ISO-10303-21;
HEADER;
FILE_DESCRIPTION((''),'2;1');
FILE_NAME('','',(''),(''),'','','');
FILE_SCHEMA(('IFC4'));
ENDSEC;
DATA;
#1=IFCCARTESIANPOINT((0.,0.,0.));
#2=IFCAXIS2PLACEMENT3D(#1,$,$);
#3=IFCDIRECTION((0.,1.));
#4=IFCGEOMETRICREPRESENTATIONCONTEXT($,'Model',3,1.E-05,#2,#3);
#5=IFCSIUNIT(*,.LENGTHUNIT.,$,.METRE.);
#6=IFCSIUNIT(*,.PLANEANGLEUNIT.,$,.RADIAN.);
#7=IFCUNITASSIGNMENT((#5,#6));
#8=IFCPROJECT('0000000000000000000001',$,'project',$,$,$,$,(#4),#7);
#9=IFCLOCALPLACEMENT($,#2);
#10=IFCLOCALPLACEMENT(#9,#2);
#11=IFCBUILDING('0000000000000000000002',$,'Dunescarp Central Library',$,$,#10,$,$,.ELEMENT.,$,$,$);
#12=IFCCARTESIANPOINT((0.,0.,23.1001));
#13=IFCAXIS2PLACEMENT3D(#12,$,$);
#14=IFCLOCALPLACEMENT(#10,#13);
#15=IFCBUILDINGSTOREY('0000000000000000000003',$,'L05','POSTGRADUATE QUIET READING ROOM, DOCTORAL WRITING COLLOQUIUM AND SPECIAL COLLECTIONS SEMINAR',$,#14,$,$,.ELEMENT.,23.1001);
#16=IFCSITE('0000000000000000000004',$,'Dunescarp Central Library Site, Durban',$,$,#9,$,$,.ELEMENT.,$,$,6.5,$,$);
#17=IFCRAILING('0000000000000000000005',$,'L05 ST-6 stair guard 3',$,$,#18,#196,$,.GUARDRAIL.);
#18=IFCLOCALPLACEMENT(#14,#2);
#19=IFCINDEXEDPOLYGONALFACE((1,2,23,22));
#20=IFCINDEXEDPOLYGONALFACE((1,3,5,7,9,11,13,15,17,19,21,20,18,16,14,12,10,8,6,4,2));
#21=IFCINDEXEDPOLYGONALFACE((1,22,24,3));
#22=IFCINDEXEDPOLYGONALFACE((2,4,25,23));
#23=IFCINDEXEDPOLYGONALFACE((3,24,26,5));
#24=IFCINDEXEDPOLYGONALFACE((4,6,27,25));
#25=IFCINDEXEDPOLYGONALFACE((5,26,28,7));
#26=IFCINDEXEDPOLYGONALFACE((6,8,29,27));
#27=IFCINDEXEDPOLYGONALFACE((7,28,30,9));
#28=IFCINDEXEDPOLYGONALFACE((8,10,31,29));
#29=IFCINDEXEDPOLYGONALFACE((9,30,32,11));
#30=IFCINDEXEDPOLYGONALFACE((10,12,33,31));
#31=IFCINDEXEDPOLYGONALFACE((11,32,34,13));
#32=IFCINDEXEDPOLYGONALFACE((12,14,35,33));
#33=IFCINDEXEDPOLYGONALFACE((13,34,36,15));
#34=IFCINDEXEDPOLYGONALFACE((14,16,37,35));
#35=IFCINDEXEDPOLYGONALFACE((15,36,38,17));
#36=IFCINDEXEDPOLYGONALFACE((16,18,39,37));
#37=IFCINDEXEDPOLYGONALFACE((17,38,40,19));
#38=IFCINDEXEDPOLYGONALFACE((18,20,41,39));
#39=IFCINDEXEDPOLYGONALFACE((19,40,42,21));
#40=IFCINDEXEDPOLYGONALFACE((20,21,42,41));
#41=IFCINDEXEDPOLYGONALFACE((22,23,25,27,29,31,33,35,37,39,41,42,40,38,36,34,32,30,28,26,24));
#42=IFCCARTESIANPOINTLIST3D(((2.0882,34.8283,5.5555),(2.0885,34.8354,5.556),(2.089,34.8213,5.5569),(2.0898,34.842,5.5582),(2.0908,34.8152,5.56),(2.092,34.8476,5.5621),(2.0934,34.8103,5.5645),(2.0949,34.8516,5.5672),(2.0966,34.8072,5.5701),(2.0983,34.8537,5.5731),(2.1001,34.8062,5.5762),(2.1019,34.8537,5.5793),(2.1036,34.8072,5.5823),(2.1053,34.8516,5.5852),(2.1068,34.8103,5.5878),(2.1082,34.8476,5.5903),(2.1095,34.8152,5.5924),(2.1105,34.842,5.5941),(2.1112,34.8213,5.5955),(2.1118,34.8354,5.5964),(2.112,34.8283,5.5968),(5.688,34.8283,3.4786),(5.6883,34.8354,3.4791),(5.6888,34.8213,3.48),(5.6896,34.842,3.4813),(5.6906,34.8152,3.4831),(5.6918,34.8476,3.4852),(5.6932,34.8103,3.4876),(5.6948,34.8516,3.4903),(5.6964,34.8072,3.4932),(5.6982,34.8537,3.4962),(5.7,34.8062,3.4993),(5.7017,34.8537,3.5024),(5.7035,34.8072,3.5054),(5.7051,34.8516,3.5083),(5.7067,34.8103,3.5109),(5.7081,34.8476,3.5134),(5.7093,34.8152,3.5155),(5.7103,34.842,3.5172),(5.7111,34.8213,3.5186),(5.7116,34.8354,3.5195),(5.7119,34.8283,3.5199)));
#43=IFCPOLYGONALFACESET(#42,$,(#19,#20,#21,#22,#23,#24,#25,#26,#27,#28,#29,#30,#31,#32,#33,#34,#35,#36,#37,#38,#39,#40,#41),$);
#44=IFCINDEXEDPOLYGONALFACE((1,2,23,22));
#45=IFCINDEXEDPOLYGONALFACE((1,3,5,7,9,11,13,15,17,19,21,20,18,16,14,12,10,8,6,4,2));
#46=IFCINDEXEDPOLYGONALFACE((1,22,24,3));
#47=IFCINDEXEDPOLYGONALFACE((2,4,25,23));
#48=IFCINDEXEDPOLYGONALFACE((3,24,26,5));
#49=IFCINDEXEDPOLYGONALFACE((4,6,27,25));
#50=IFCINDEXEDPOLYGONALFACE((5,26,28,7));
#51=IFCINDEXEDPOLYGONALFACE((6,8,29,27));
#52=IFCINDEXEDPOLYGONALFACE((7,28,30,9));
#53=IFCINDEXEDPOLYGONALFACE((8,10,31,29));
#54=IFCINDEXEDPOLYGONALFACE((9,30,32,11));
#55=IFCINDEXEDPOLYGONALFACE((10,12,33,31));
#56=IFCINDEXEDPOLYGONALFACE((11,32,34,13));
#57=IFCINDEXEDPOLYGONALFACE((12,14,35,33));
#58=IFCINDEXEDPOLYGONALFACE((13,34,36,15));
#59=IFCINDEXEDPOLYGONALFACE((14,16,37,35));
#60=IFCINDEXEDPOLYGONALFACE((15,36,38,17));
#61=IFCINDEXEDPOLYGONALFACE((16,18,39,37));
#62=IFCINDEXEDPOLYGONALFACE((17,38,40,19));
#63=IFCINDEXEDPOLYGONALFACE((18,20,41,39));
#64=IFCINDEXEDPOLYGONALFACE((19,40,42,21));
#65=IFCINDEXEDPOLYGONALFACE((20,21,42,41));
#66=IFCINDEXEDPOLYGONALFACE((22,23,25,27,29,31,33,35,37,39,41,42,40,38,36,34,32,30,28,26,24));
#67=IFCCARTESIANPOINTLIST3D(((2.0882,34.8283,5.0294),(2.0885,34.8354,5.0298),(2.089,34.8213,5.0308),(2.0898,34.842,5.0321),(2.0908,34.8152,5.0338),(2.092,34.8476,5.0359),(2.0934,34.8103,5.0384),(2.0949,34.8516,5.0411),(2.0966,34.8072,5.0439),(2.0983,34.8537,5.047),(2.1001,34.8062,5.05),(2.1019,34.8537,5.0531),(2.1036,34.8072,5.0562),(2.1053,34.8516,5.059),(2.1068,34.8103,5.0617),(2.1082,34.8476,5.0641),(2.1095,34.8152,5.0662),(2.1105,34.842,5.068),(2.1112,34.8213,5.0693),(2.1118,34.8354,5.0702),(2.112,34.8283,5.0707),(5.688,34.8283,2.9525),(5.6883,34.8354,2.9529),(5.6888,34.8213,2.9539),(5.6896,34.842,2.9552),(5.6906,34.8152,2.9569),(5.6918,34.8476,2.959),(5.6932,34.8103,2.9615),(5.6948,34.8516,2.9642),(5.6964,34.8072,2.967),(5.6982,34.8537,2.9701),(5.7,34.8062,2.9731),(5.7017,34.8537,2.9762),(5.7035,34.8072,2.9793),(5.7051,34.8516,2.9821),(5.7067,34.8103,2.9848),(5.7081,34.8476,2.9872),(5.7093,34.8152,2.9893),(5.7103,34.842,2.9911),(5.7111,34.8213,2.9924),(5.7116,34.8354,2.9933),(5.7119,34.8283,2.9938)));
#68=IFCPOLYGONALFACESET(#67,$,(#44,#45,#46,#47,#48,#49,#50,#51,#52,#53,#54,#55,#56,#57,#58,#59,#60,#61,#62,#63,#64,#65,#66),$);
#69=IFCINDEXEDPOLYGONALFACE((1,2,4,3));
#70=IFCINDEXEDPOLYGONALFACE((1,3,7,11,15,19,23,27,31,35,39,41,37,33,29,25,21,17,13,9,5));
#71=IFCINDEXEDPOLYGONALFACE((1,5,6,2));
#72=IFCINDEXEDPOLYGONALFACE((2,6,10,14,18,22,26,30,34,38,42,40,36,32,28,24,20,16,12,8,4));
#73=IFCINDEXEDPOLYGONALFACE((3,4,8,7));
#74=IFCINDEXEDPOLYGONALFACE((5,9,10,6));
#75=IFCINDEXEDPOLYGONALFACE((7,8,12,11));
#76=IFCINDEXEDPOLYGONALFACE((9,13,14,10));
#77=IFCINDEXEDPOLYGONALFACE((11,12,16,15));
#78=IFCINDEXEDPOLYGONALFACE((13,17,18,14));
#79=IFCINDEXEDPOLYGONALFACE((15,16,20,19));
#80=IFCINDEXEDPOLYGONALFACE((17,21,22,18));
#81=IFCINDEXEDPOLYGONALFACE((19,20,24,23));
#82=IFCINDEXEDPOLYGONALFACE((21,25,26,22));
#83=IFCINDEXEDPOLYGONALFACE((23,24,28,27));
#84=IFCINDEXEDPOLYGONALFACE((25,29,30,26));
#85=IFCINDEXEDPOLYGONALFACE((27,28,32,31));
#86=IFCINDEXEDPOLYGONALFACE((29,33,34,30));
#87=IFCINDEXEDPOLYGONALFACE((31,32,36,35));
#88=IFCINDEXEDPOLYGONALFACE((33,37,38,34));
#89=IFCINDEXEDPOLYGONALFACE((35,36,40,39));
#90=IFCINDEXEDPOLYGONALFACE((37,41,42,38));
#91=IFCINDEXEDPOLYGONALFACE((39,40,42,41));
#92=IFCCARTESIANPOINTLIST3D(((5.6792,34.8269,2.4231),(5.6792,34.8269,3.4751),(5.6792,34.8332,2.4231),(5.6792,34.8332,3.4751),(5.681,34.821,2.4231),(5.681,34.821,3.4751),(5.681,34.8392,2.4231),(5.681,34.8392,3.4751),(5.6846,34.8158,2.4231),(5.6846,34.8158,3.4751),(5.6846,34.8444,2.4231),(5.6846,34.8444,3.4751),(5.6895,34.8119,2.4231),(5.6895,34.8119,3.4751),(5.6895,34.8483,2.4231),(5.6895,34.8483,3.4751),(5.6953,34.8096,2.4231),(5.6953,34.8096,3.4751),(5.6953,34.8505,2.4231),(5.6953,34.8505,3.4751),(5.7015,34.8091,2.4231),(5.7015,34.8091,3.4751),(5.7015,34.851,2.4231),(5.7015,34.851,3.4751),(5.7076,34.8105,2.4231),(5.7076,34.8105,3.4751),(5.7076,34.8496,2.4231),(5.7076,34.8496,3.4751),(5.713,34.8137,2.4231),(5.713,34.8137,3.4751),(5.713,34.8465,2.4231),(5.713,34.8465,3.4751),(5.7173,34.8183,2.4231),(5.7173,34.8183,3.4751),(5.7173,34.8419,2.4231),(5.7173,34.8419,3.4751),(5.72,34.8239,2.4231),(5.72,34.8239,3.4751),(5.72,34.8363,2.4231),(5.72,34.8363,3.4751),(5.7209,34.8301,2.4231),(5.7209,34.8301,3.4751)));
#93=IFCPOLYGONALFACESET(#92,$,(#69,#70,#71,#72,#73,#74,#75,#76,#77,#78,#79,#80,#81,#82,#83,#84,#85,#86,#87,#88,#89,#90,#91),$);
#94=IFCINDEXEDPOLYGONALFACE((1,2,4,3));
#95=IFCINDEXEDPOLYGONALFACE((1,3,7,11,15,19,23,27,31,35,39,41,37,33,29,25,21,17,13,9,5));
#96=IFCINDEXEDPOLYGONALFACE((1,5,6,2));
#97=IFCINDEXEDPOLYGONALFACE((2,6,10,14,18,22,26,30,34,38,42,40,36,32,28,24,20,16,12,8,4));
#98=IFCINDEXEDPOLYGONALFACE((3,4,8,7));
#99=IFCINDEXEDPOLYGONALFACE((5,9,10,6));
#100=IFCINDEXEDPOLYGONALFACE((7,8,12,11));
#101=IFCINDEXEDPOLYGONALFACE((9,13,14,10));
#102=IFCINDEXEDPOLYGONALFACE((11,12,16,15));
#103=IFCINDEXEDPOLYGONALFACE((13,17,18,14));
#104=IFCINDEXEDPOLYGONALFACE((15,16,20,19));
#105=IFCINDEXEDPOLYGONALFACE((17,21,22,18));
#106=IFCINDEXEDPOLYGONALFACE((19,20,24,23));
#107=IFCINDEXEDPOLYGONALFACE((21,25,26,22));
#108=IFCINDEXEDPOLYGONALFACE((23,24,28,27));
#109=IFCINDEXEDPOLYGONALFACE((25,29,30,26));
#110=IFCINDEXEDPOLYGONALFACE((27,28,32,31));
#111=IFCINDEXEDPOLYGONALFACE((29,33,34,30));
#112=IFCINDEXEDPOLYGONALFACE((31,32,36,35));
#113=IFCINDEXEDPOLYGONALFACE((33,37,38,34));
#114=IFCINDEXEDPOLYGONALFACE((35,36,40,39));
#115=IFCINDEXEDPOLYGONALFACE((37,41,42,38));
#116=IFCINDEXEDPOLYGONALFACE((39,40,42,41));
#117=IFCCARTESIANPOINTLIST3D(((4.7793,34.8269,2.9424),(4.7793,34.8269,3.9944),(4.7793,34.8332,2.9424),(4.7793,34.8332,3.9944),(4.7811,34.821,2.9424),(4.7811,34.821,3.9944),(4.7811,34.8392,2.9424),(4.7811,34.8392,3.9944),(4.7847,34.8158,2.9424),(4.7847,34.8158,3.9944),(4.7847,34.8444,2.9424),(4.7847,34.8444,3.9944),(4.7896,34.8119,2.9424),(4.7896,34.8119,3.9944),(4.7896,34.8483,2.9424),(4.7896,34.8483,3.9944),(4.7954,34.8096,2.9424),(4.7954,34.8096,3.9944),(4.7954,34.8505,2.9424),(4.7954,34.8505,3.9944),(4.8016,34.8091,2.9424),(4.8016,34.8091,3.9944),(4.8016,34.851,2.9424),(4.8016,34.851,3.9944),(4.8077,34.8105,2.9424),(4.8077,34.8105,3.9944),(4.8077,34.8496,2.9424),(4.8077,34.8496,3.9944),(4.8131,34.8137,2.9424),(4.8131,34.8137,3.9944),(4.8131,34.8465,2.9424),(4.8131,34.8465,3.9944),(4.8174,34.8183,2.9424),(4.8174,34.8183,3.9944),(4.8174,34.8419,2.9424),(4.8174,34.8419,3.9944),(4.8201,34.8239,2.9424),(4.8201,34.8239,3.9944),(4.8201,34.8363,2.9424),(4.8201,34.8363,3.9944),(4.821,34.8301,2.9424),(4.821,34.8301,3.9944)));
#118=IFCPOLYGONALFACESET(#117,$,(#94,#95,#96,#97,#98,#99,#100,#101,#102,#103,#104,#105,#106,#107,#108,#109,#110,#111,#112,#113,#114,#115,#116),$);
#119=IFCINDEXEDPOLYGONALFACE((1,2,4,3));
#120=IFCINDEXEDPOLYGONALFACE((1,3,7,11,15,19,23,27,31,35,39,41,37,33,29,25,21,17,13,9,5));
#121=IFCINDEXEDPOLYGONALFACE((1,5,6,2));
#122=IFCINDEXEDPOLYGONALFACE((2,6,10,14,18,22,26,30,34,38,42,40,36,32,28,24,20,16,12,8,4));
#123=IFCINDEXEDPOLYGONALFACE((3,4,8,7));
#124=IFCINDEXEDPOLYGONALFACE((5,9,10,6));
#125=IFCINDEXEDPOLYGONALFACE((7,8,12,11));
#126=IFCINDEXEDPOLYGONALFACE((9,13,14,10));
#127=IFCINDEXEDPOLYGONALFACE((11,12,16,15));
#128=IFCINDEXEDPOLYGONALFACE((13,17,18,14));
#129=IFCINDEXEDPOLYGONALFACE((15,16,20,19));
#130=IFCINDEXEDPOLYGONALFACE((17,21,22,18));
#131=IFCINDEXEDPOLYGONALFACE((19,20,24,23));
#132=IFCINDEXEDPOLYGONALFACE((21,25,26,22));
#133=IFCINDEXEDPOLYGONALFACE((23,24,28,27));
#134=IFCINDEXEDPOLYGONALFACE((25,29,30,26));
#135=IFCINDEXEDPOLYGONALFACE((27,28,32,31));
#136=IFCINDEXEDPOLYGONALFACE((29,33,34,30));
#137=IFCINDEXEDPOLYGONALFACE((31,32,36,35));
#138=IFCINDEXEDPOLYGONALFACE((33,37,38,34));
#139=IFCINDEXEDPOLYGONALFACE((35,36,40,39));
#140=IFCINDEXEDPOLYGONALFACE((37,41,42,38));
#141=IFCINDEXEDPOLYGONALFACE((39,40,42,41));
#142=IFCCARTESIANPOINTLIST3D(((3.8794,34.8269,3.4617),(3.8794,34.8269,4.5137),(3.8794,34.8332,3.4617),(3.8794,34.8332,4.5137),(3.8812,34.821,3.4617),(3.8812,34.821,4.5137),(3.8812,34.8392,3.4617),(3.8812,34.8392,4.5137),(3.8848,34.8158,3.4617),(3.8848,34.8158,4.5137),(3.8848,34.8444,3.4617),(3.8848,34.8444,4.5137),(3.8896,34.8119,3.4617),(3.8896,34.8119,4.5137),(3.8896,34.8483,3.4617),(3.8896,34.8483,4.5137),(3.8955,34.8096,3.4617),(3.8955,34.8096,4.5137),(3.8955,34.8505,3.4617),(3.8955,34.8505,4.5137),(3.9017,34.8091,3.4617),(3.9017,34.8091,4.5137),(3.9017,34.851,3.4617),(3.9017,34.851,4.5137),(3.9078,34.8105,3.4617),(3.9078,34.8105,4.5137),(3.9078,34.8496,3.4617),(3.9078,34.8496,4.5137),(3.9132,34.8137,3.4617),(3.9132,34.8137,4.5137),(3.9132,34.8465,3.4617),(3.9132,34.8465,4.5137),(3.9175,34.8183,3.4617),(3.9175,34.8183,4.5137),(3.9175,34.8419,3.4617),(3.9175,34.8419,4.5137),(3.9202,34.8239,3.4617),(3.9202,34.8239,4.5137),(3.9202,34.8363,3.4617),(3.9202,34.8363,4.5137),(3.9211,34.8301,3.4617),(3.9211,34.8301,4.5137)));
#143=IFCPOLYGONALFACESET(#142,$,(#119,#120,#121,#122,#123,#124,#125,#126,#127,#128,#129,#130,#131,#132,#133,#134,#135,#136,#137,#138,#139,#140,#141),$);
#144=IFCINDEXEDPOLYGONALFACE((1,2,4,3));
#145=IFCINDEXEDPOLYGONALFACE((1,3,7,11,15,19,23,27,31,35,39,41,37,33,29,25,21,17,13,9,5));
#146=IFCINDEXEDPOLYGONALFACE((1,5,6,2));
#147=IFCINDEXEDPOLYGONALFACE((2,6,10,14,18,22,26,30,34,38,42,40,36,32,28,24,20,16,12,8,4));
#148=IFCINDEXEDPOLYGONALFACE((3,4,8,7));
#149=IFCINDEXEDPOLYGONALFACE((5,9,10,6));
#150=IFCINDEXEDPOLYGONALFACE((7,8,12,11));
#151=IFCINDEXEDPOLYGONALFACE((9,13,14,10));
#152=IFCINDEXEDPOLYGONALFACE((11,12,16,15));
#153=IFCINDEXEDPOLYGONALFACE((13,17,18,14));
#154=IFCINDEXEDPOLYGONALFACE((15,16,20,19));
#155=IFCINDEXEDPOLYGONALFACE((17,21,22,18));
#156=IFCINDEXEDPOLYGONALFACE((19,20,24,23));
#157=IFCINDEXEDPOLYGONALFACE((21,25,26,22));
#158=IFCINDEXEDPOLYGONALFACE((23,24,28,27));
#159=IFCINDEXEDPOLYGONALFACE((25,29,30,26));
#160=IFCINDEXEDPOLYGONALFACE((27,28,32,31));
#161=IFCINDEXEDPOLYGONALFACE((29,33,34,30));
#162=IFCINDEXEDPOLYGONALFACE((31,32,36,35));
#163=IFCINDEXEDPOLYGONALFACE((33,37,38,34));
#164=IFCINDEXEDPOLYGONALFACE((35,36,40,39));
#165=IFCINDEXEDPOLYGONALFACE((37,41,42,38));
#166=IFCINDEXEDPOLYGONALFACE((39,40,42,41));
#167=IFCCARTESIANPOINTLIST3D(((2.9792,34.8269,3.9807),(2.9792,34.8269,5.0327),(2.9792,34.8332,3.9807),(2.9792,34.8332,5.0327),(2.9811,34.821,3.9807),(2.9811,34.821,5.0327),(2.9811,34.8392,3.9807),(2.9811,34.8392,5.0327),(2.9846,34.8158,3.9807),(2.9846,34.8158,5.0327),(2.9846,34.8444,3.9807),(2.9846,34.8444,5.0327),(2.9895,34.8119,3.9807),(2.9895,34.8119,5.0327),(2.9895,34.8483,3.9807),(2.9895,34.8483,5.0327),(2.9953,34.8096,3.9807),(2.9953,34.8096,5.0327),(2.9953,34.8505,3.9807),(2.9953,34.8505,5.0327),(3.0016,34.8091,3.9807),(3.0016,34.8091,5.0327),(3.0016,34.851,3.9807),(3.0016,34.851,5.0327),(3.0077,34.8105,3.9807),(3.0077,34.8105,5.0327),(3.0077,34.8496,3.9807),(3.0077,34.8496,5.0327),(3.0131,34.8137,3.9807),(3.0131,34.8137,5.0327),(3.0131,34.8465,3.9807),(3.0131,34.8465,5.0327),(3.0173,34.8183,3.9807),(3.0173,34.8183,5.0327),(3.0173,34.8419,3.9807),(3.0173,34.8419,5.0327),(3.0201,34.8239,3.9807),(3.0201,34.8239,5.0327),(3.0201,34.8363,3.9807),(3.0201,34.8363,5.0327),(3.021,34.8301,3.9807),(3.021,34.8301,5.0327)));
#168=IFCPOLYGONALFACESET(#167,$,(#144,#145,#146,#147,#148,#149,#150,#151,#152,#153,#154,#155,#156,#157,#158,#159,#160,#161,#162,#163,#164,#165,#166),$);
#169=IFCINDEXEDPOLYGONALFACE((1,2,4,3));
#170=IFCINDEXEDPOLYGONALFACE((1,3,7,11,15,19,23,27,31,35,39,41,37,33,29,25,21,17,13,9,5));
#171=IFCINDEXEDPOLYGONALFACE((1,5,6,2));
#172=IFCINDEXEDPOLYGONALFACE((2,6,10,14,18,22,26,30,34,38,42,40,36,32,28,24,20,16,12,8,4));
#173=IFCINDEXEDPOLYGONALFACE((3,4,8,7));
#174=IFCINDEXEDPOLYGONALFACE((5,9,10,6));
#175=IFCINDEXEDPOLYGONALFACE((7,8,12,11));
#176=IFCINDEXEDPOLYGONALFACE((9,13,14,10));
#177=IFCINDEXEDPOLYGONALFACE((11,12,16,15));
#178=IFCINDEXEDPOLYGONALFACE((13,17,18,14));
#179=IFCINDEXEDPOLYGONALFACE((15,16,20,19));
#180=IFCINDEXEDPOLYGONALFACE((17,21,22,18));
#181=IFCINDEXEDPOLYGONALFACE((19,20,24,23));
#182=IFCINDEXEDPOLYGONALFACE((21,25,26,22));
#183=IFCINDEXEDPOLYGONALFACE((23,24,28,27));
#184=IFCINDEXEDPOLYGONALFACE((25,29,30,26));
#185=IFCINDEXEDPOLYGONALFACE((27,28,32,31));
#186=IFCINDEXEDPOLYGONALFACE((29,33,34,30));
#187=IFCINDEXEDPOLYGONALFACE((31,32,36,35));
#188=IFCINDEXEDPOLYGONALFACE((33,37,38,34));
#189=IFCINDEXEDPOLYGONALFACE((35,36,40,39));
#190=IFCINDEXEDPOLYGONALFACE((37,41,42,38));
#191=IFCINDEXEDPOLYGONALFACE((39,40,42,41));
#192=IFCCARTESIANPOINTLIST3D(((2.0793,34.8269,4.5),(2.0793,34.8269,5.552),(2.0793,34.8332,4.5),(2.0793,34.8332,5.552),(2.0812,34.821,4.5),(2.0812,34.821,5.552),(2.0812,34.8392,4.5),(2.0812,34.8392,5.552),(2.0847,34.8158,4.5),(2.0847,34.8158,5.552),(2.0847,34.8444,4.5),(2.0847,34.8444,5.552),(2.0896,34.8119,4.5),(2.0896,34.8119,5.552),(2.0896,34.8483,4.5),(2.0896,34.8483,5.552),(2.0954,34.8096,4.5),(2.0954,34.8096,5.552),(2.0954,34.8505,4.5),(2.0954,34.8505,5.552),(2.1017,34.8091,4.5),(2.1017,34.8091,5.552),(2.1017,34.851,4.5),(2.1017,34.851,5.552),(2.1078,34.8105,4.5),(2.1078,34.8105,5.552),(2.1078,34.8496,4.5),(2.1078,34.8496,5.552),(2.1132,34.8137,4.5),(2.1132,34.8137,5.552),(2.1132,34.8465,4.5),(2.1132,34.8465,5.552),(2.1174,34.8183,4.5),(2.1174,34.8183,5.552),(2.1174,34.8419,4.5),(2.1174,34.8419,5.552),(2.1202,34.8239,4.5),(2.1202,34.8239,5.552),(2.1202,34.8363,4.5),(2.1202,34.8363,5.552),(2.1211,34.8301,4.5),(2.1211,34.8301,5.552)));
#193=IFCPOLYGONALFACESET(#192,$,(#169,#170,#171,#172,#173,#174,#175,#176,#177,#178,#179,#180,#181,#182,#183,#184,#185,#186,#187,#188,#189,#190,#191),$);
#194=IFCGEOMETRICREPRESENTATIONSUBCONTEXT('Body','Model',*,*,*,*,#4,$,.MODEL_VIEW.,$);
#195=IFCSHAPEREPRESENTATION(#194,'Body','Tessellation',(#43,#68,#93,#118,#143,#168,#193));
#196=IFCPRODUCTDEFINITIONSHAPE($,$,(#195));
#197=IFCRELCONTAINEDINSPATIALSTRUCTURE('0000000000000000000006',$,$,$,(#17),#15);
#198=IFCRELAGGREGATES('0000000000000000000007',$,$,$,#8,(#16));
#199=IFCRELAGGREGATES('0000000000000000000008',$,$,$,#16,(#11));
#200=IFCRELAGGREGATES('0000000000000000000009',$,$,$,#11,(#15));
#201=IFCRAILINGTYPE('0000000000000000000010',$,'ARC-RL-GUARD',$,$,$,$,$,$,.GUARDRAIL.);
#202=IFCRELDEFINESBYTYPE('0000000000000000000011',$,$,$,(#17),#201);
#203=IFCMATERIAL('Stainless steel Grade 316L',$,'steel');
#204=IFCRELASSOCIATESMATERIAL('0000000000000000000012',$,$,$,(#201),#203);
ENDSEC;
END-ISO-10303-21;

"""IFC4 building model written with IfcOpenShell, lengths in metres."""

from ifc_helpers import new_model, si_unit, direction, frame, origin, origin_2d, place, context, subcontext, project, spatial, circle, extrude, material, type_object, element, save


model = new_model("IFC4")

# Units and contexts
model_context = context("Model", 3, precision=1e-05, world=origin(), true_north=direction((0.0, 1.0)))
body_context = subcontext(model_context, "Body", "Model", "MODEL_VIEW")
ifc_project = project(units=[si_unit("LENGTHUNIT", "METRE"), si_unit("PLANEANGLEUNIT", "RADIAN")], contexts=[model_context])

# Site, building, storey
site_placement = place(None, origin())
site = spatial("IfcSite", under=ifc_project, at=site_placement, Name="Dunescarp Central Library Site, Durban", CompositionType="ELEMENT", RefElevation=6.5)
building_placement = place(site_placement, origin())
building = spatial("IfcBuilding", under=site, at=building_placement, Name="Dunescarp Central Library", CompositionType="ELEMENT")
storey_placement = place(building_placement, frame((0.0, 0.0, 23.1001)))
storey = spatial("IfcBuildingStorey", under=building, at=storey_placement, Name="L05", Description="POSTGRADUATE QUIET READING ROOM, DOCTORAL WRITING COLLOQUIUM AND SPECIAL COLLECTIONS SEMINAR", CompositionType="ELEMENT", Elevation=23.1001)

# Railing
ifc_material_1 = material(Name="Stainless steel Grade 316L", Category="steel")
railing_type = type_object("IfcRailingType", Name="ARC-RL-GUARD", PredefinedType="GUARDRAIL", material=ifc_material_1)
railing_1_placement = place(storey_placement, frame((5.7, 34.8301, 2.4231)))
element("IfcRailing", 1, at=railing_1_placement, inside=storey, type_object=railing_type, Name="L05 ST-6 stair guard 3", PredefinedType="GUARDRAIL", context=body_context, shape_type="SweptSolid", body=[
    extrude(circle(Radius=0.0239, at=origin_2d()), frame((0.0, 0.0, 1.0762), z_axis=(-0.866179, 0.0, 0.499734), x_axis=(0.0, -1.0, 0.0)), (0.0, 0.0, 1.0), 4.156),
    extrude(circle(Radius=0.0239, at=origin_2d()), frame((0.0, 0.0, 0.55), z_axis=(-0.866179, 0.0, 0.499734), x_axis=(0.0, -1.0, 0.0)), (0.0, 0.0, 1.0), 4.156),
    extrude(circle(Radius=0.021, at=origin_2d()), origin(), (0.0, 0.0, 1.0), 1.052),
    extrude(circle(Radius=0.021, at=origin_2d()), frame((-0.8999, 0.0, 0.5193)), (0.0, 0.0, 1.0), 1.052),
    extrude(circle(Radius=0.021, at=origin_2d()), frame((-1.7998, 0.0, 1.0386)), (0.0, 0.0, 1.0), 1.052),
    extrude(circle(Radius=0.021, at=origin_2d()), frame((-2.7, 0.0, 1.5576)), (0.0, 0.0, 1.0), 1.052),
    extrude(circle(Radius=0.021, at=origin_2d()), frame((-3.5999, 0.0, 2.0769)), (0.0, 0.0, 1.0), 1.052),
])

save(model, "model.ifc")
